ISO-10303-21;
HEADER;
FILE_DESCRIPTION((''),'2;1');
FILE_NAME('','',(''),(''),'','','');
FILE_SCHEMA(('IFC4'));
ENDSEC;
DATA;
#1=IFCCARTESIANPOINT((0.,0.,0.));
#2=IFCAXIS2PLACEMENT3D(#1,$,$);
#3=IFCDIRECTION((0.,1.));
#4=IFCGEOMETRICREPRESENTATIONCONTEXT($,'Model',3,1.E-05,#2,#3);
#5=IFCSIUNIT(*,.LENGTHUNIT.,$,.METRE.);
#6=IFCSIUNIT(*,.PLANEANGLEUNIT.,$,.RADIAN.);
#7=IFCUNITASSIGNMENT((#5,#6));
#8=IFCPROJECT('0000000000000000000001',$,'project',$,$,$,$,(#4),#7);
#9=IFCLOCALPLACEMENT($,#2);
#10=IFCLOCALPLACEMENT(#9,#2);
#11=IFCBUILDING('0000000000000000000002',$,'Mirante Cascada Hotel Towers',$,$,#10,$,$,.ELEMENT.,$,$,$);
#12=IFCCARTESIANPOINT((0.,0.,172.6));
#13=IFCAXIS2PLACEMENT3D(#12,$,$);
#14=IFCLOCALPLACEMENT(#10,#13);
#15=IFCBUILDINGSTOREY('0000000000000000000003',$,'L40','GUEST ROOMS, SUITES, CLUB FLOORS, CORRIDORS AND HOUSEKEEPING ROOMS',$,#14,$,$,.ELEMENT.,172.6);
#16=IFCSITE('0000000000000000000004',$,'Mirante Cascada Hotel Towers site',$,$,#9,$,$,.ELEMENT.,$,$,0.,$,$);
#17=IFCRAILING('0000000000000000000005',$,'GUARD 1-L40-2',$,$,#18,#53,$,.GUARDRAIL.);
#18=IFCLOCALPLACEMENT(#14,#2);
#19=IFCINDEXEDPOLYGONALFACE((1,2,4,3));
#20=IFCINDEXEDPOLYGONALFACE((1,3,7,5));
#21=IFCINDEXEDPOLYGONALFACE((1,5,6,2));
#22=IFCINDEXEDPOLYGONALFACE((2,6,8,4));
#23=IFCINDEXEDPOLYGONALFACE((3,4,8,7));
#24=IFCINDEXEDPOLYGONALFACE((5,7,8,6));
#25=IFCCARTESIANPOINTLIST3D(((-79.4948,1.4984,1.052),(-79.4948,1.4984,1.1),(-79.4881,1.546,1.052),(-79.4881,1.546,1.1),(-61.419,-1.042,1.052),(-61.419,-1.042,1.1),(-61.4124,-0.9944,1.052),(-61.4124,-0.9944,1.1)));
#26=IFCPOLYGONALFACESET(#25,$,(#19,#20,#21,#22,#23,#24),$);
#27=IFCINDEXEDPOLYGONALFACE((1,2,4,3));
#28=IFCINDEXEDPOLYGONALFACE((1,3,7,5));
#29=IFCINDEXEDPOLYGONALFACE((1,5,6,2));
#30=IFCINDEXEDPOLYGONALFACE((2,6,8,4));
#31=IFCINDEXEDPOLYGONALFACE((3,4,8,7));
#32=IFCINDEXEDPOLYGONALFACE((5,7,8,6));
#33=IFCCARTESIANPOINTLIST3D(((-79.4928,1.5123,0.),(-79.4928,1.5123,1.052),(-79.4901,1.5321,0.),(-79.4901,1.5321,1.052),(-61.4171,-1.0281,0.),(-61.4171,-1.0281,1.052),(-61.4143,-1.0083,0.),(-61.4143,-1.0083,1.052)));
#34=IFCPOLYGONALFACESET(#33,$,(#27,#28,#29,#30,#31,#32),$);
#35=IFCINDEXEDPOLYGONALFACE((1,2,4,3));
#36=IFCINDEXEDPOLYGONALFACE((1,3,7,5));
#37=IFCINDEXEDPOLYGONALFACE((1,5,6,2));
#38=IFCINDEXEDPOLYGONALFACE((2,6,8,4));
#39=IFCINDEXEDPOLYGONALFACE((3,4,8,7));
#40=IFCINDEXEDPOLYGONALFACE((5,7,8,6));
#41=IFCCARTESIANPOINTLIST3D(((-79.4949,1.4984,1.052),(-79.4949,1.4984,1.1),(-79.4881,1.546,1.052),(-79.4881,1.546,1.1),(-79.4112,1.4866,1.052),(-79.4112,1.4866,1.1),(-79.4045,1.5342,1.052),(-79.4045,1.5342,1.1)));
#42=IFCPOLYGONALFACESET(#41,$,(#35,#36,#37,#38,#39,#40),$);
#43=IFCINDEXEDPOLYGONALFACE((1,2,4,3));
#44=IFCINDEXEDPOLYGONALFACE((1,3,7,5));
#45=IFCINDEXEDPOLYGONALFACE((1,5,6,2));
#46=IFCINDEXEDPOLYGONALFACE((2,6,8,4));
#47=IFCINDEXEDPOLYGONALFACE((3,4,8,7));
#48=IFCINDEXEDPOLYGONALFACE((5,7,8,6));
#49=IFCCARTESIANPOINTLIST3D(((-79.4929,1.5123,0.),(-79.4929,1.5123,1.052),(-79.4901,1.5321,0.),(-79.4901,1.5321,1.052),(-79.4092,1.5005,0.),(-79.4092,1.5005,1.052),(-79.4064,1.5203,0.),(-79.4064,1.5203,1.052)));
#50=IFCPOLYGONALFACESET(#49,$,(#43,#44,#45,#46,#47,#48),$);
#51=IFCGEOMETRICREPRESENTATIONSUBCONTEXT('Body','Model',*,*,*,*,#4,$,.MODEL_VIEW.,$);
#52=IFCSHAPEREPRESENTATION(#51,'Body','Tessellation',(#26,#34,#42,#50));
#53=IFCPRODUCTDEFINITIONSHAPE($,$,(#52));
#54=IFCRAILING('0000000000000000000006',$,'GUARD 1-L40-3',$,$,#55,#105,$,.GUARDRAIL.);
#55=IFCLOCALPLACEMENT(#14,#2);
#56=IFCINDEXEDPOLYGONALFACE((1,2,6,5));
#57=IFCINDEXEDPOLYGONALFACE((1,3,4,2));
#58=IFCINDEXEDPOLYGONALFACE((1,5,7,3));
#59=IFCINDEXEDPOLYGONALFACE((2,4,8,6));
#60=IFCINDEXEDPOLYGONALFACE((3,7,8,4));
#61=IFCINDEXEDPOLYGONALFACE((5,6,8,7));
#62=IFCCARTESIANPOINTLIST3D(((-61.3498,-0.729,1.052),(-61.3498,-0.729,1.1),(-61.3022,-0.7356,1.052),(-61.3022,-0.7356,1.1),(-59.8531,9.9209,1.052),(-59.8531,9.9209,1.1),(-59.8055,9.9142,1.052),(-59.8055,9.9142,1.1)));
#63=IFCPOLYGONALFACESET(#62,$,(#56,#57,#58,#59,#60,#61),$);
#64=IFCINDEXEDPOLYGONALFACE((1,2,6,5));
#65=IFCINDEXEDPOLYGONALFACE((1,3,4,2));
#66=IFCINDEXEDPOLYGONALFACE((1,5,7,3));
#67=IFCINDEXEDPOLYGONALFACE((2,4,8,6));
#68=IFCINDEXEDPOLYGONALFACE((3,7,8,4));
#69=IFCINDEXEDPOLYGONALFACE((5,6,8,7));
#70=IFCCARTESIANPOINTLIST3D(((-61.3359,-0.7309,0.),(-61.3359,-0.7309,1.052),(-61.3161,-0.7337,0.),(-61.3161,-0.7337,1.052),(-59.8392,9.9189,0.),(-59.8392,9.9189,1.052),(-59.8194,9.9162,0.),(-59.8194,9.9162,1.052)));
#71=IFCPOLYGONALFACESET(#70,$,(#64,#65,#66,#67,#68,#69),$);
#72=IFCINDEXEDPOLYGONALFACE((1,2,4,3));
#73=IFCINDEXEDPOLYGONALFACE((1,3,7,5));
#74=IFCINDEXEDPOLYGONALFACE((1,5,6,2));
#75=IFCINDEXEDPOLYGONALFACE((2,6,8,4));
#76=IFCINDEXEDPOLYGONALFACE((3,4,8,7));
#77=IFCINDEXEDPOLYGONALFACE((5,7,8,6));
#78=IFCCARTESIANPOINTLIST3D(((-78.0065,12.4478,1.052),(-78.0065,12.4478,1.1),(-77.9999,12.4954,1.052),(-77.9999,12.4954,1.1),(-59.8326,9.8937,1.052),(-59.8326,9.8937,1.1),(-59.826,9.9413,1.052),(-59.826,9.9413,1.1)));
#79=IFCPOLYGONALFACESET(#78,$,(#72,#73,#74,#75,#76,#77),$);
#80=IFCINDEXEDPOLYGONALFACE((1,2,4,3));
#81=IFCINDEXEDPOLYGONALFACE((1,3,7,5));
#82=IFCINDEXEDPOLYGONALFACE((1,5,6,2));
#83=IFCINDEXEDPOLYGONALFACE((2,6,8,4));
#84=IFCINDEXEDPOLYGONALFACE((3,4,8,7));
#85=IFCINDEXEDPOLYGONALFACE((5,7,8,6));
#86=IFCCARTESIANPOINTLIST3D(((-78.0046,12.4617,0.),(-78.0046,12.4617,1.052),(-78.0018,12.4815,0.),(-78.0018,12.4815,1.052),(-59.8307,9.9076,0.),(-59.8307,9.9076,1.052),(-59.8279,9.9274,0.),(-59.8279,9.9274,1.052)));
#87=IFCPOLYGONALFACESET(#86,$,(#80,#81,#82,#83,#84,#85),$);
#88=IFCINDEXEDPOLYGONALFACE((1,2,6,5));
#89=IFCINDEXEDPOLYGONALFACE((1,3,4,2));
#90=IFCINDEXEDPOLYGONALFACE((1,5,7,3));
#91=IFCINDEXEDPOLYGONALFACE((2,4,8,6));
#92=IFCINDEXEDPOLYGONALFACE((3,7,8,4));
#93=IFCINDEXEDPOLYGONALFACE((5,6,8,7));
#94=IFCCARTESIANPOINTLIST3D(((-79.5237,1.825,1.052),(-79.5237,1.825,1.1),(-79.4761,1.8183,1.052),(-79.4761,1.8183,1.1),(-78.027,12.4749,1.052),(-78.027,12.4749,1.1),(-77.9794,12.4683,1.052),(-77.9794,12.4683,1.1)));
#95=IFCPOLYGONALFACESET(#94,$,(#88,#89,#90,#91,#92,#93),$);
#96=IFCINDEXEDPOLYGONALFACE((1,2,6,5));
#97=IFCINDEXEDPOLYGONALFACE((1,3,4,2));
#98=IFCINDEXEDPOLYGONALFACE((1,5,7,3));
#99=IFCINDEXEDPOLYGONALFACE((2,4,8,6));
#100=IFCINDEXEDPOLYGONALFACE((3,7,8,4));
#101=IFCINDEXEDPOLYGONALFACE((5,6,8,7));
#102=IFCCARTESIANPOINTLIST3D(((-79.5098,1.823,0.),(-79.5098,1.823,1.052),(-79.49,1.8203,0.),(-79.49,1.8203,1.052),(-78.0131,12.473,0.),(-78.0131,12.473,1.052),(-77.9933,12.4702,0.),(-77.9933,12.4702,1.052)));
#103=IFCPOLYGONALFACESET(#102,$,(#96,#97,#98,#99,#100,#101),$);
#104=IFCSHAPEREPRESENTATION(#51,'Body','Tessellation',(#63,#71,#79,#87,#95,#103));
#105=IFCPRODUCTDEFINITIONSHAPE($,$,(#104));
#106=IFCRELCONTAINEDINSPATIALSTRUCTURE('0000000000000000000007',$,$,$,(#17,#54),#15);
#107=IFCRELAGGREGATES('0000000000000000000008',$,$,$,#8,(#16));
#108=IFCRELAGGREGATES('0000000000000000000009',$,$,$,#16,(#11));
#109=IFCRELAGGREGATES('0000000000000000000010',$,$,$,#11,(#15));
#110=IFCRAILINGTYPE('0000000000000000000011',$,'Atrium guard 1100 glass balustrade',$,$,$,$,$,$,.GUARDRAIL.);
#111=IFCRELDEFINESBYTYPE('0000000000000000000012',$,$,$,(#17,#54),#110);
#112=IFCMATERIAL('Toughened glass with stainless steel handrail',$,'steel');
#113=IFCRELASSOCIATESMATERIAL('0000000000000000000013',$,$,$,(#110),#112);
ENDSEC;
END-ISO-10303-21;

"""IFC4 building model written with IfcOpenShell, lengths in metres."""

from ifc_helpers import new_model, si_unit, direction, frame, origin, origin_2d, place, context, subcontext, project, spatial, rectangle, extrude, material, type_object, element, save


model = new_model("IFC4")

# Units and contexts
model_context = context("Model", 3, precision=1e-05, world=origin(), true_north=direction((0.0, 1.0)))
body_context = subcontext(model_context, "Body", "Model", "MODEL_VIEW")
ifc_project = project(units=[si_unit("LENGTHUNIT", "METRE"), si_unit("PLANEANGLEUNIT", "RADIAN")], contexts=[model_context])

# Site, building, storey
site_placement = place(None, origin())
site = spatial("IfcSite", under=ifc_project, at=site_placement, Name="Mirante Cascada Hotel Towers site", CompositionType="ELEMENT", RefElevation=0.0)
building_placement = place(site_placement, origin())
building = spatial("IfcBuilding", under=site, at=building_placement, Name="Mirante Cascada Hotel Towers", CompositionType="ELEMENT")
storey_placement = place(building_placement, frame((0.0, 0.0, 172.6)))
storey = spatial("IfcBuildingStorey", under=building, at=storey_placement, Name="L40", Description="GUEST ROOMS, SUITES, CLUB FLOORS, CORRIDORS AND HOUSEKEEPING ROOMS", CompositionType="ELEMENT", Elevation=172.6)

# Railings
ifc_material_1 = material(Name="Toughened glass with stainless steel handrail", Category="steel")
railing_type = type_object("IfcRailingType", Name="Atrium guard 1100 glass balustrade", PredefinedType="GUARDRAIL", material=ifc_material_1)
railing_1_placement = place(storey_placement, frame((-61.4157, -1.0182, 0.0)))
element("IfcRailing", 1, at=railing_1_placement, inside=storey, type_object=railing_type, Name="GUARD 1-L40-2", PredefinedType="GUARDRAIL", context=body_context, shape_type="SweptSolid", body=[
    extrude(rectangle(XDim=0.048, YDim=0.048, at=origin_2d()), frame((0.0, 0.0, 1.076), z_axis=(-0.990268, 0.139174, 0.0), x_axis=(-0.139174, -0.990268, 0.0)), (0.0, 0.0, 1.0), 18.2534),
    extrude(rectangle(XDim=0.02, YDim=1.052, at=origin_2d()), frame((0.0, 0.0, 0.526), z_axis=(-0.990268, 0.139174, 0.0), x_axis=(-0.139174, -0.990268, 0.0)), (0.0, 0.0, 1.0), 18.2534),
    extrude(rectangle(XDim=0.048, YDim=0.048, at=origin_2d()), frame((-18.0758, 2.5404, 1.076), z_axis=(0.990208, -0.139599, 0.0), x_axis=(0.139599, 0.990208, 0.0)), (0.0, 0.0, 1.0), 0.0845),
    extrude(rectangle(XDim=0.02, YDim=1.052, at=origin_2d()), frame((-18.0758, 2.5404, 0.526), z_axis=(0.990208, -0.139599, 0.0), x_axis=(0.139599, 0.990208, 0.0)), (0.0, 0.0, 1.0), 0.0845),
])
railing_2_placement = place(storey_placement, frame((-61.326, -0.7323, 0.0)))
element("IfcRailing", 2, at=railing_2_placement, inside=storey, type_object=railing_type, Name="GUARD 1-L40-3", PredefinedType="GUARDRAIL", context=body_context, shape_type="SweptSolid", body=[
    extrude(rectangle(XDim=0.048, YDim=0.048, at=origin_2d()), frame((0.0, 0.0, 1.076), z_axis=(0.13917, 0.990268, 0.0), x_axis=(-0.990268, 0.13917, 0.0)), (0.0, 0.0, 1.0), 10.7545),
    extrude(rectangle(XDim=0.02, YDim=1.052, at=origin_2d()), frame((0.0, 0.0, 0.526), z_axis=(0.13917, 0.990268, 0.0), x_axis=(-0.990268, 0.13917, 0.0)), (0.0, 0.0, 1.0), 10.7545),
    extrude(rectangle(XDim=0.048, YDim=0.048, at=origin_2d()), frame((1.4967, 10.6498, 1.076), z_axis=(-0.990269, 0.139169, 0.0), x_axis=(-0.139169, -0.990269, 0.0)), (0.0, 0.0, 1.0), 18.3525),
    extrude(rectangle(XDim=0.02, YDim=1.052, at=origin_2d()), frame((1.4967, 10.6498, 0.526), z_axis=(-0.990269, 0.139169, 0.0), x_axis=(-0.139169, -0.990269, 0.0)), (0.0, 0.0, 1.0), 18.3525),
    extrude(rectangle(XDim=0.048, YDim=0.048, at=origin_2d()), frame((-16.6772, 13.2039, 1.076), z_axis=(-0.139169, -0.990269, 0.0), x_axis=(0.990269, -0.139169, 0.0)), (0.0, 0.0, 1.0), 10.7546),
    extrude(rectangle(XDim=0.02, YDim=1.052, at=origin_2d()), frame((-16.6772, 13.2039, 0.526), z_axis=(-0.139169, -0.990269, 0.0), x_axis=(0.990269, -0.139169, 0.0)), (0.0, 0.0, 1.0), 10.7546),
])

save(model, "model.ifc")
